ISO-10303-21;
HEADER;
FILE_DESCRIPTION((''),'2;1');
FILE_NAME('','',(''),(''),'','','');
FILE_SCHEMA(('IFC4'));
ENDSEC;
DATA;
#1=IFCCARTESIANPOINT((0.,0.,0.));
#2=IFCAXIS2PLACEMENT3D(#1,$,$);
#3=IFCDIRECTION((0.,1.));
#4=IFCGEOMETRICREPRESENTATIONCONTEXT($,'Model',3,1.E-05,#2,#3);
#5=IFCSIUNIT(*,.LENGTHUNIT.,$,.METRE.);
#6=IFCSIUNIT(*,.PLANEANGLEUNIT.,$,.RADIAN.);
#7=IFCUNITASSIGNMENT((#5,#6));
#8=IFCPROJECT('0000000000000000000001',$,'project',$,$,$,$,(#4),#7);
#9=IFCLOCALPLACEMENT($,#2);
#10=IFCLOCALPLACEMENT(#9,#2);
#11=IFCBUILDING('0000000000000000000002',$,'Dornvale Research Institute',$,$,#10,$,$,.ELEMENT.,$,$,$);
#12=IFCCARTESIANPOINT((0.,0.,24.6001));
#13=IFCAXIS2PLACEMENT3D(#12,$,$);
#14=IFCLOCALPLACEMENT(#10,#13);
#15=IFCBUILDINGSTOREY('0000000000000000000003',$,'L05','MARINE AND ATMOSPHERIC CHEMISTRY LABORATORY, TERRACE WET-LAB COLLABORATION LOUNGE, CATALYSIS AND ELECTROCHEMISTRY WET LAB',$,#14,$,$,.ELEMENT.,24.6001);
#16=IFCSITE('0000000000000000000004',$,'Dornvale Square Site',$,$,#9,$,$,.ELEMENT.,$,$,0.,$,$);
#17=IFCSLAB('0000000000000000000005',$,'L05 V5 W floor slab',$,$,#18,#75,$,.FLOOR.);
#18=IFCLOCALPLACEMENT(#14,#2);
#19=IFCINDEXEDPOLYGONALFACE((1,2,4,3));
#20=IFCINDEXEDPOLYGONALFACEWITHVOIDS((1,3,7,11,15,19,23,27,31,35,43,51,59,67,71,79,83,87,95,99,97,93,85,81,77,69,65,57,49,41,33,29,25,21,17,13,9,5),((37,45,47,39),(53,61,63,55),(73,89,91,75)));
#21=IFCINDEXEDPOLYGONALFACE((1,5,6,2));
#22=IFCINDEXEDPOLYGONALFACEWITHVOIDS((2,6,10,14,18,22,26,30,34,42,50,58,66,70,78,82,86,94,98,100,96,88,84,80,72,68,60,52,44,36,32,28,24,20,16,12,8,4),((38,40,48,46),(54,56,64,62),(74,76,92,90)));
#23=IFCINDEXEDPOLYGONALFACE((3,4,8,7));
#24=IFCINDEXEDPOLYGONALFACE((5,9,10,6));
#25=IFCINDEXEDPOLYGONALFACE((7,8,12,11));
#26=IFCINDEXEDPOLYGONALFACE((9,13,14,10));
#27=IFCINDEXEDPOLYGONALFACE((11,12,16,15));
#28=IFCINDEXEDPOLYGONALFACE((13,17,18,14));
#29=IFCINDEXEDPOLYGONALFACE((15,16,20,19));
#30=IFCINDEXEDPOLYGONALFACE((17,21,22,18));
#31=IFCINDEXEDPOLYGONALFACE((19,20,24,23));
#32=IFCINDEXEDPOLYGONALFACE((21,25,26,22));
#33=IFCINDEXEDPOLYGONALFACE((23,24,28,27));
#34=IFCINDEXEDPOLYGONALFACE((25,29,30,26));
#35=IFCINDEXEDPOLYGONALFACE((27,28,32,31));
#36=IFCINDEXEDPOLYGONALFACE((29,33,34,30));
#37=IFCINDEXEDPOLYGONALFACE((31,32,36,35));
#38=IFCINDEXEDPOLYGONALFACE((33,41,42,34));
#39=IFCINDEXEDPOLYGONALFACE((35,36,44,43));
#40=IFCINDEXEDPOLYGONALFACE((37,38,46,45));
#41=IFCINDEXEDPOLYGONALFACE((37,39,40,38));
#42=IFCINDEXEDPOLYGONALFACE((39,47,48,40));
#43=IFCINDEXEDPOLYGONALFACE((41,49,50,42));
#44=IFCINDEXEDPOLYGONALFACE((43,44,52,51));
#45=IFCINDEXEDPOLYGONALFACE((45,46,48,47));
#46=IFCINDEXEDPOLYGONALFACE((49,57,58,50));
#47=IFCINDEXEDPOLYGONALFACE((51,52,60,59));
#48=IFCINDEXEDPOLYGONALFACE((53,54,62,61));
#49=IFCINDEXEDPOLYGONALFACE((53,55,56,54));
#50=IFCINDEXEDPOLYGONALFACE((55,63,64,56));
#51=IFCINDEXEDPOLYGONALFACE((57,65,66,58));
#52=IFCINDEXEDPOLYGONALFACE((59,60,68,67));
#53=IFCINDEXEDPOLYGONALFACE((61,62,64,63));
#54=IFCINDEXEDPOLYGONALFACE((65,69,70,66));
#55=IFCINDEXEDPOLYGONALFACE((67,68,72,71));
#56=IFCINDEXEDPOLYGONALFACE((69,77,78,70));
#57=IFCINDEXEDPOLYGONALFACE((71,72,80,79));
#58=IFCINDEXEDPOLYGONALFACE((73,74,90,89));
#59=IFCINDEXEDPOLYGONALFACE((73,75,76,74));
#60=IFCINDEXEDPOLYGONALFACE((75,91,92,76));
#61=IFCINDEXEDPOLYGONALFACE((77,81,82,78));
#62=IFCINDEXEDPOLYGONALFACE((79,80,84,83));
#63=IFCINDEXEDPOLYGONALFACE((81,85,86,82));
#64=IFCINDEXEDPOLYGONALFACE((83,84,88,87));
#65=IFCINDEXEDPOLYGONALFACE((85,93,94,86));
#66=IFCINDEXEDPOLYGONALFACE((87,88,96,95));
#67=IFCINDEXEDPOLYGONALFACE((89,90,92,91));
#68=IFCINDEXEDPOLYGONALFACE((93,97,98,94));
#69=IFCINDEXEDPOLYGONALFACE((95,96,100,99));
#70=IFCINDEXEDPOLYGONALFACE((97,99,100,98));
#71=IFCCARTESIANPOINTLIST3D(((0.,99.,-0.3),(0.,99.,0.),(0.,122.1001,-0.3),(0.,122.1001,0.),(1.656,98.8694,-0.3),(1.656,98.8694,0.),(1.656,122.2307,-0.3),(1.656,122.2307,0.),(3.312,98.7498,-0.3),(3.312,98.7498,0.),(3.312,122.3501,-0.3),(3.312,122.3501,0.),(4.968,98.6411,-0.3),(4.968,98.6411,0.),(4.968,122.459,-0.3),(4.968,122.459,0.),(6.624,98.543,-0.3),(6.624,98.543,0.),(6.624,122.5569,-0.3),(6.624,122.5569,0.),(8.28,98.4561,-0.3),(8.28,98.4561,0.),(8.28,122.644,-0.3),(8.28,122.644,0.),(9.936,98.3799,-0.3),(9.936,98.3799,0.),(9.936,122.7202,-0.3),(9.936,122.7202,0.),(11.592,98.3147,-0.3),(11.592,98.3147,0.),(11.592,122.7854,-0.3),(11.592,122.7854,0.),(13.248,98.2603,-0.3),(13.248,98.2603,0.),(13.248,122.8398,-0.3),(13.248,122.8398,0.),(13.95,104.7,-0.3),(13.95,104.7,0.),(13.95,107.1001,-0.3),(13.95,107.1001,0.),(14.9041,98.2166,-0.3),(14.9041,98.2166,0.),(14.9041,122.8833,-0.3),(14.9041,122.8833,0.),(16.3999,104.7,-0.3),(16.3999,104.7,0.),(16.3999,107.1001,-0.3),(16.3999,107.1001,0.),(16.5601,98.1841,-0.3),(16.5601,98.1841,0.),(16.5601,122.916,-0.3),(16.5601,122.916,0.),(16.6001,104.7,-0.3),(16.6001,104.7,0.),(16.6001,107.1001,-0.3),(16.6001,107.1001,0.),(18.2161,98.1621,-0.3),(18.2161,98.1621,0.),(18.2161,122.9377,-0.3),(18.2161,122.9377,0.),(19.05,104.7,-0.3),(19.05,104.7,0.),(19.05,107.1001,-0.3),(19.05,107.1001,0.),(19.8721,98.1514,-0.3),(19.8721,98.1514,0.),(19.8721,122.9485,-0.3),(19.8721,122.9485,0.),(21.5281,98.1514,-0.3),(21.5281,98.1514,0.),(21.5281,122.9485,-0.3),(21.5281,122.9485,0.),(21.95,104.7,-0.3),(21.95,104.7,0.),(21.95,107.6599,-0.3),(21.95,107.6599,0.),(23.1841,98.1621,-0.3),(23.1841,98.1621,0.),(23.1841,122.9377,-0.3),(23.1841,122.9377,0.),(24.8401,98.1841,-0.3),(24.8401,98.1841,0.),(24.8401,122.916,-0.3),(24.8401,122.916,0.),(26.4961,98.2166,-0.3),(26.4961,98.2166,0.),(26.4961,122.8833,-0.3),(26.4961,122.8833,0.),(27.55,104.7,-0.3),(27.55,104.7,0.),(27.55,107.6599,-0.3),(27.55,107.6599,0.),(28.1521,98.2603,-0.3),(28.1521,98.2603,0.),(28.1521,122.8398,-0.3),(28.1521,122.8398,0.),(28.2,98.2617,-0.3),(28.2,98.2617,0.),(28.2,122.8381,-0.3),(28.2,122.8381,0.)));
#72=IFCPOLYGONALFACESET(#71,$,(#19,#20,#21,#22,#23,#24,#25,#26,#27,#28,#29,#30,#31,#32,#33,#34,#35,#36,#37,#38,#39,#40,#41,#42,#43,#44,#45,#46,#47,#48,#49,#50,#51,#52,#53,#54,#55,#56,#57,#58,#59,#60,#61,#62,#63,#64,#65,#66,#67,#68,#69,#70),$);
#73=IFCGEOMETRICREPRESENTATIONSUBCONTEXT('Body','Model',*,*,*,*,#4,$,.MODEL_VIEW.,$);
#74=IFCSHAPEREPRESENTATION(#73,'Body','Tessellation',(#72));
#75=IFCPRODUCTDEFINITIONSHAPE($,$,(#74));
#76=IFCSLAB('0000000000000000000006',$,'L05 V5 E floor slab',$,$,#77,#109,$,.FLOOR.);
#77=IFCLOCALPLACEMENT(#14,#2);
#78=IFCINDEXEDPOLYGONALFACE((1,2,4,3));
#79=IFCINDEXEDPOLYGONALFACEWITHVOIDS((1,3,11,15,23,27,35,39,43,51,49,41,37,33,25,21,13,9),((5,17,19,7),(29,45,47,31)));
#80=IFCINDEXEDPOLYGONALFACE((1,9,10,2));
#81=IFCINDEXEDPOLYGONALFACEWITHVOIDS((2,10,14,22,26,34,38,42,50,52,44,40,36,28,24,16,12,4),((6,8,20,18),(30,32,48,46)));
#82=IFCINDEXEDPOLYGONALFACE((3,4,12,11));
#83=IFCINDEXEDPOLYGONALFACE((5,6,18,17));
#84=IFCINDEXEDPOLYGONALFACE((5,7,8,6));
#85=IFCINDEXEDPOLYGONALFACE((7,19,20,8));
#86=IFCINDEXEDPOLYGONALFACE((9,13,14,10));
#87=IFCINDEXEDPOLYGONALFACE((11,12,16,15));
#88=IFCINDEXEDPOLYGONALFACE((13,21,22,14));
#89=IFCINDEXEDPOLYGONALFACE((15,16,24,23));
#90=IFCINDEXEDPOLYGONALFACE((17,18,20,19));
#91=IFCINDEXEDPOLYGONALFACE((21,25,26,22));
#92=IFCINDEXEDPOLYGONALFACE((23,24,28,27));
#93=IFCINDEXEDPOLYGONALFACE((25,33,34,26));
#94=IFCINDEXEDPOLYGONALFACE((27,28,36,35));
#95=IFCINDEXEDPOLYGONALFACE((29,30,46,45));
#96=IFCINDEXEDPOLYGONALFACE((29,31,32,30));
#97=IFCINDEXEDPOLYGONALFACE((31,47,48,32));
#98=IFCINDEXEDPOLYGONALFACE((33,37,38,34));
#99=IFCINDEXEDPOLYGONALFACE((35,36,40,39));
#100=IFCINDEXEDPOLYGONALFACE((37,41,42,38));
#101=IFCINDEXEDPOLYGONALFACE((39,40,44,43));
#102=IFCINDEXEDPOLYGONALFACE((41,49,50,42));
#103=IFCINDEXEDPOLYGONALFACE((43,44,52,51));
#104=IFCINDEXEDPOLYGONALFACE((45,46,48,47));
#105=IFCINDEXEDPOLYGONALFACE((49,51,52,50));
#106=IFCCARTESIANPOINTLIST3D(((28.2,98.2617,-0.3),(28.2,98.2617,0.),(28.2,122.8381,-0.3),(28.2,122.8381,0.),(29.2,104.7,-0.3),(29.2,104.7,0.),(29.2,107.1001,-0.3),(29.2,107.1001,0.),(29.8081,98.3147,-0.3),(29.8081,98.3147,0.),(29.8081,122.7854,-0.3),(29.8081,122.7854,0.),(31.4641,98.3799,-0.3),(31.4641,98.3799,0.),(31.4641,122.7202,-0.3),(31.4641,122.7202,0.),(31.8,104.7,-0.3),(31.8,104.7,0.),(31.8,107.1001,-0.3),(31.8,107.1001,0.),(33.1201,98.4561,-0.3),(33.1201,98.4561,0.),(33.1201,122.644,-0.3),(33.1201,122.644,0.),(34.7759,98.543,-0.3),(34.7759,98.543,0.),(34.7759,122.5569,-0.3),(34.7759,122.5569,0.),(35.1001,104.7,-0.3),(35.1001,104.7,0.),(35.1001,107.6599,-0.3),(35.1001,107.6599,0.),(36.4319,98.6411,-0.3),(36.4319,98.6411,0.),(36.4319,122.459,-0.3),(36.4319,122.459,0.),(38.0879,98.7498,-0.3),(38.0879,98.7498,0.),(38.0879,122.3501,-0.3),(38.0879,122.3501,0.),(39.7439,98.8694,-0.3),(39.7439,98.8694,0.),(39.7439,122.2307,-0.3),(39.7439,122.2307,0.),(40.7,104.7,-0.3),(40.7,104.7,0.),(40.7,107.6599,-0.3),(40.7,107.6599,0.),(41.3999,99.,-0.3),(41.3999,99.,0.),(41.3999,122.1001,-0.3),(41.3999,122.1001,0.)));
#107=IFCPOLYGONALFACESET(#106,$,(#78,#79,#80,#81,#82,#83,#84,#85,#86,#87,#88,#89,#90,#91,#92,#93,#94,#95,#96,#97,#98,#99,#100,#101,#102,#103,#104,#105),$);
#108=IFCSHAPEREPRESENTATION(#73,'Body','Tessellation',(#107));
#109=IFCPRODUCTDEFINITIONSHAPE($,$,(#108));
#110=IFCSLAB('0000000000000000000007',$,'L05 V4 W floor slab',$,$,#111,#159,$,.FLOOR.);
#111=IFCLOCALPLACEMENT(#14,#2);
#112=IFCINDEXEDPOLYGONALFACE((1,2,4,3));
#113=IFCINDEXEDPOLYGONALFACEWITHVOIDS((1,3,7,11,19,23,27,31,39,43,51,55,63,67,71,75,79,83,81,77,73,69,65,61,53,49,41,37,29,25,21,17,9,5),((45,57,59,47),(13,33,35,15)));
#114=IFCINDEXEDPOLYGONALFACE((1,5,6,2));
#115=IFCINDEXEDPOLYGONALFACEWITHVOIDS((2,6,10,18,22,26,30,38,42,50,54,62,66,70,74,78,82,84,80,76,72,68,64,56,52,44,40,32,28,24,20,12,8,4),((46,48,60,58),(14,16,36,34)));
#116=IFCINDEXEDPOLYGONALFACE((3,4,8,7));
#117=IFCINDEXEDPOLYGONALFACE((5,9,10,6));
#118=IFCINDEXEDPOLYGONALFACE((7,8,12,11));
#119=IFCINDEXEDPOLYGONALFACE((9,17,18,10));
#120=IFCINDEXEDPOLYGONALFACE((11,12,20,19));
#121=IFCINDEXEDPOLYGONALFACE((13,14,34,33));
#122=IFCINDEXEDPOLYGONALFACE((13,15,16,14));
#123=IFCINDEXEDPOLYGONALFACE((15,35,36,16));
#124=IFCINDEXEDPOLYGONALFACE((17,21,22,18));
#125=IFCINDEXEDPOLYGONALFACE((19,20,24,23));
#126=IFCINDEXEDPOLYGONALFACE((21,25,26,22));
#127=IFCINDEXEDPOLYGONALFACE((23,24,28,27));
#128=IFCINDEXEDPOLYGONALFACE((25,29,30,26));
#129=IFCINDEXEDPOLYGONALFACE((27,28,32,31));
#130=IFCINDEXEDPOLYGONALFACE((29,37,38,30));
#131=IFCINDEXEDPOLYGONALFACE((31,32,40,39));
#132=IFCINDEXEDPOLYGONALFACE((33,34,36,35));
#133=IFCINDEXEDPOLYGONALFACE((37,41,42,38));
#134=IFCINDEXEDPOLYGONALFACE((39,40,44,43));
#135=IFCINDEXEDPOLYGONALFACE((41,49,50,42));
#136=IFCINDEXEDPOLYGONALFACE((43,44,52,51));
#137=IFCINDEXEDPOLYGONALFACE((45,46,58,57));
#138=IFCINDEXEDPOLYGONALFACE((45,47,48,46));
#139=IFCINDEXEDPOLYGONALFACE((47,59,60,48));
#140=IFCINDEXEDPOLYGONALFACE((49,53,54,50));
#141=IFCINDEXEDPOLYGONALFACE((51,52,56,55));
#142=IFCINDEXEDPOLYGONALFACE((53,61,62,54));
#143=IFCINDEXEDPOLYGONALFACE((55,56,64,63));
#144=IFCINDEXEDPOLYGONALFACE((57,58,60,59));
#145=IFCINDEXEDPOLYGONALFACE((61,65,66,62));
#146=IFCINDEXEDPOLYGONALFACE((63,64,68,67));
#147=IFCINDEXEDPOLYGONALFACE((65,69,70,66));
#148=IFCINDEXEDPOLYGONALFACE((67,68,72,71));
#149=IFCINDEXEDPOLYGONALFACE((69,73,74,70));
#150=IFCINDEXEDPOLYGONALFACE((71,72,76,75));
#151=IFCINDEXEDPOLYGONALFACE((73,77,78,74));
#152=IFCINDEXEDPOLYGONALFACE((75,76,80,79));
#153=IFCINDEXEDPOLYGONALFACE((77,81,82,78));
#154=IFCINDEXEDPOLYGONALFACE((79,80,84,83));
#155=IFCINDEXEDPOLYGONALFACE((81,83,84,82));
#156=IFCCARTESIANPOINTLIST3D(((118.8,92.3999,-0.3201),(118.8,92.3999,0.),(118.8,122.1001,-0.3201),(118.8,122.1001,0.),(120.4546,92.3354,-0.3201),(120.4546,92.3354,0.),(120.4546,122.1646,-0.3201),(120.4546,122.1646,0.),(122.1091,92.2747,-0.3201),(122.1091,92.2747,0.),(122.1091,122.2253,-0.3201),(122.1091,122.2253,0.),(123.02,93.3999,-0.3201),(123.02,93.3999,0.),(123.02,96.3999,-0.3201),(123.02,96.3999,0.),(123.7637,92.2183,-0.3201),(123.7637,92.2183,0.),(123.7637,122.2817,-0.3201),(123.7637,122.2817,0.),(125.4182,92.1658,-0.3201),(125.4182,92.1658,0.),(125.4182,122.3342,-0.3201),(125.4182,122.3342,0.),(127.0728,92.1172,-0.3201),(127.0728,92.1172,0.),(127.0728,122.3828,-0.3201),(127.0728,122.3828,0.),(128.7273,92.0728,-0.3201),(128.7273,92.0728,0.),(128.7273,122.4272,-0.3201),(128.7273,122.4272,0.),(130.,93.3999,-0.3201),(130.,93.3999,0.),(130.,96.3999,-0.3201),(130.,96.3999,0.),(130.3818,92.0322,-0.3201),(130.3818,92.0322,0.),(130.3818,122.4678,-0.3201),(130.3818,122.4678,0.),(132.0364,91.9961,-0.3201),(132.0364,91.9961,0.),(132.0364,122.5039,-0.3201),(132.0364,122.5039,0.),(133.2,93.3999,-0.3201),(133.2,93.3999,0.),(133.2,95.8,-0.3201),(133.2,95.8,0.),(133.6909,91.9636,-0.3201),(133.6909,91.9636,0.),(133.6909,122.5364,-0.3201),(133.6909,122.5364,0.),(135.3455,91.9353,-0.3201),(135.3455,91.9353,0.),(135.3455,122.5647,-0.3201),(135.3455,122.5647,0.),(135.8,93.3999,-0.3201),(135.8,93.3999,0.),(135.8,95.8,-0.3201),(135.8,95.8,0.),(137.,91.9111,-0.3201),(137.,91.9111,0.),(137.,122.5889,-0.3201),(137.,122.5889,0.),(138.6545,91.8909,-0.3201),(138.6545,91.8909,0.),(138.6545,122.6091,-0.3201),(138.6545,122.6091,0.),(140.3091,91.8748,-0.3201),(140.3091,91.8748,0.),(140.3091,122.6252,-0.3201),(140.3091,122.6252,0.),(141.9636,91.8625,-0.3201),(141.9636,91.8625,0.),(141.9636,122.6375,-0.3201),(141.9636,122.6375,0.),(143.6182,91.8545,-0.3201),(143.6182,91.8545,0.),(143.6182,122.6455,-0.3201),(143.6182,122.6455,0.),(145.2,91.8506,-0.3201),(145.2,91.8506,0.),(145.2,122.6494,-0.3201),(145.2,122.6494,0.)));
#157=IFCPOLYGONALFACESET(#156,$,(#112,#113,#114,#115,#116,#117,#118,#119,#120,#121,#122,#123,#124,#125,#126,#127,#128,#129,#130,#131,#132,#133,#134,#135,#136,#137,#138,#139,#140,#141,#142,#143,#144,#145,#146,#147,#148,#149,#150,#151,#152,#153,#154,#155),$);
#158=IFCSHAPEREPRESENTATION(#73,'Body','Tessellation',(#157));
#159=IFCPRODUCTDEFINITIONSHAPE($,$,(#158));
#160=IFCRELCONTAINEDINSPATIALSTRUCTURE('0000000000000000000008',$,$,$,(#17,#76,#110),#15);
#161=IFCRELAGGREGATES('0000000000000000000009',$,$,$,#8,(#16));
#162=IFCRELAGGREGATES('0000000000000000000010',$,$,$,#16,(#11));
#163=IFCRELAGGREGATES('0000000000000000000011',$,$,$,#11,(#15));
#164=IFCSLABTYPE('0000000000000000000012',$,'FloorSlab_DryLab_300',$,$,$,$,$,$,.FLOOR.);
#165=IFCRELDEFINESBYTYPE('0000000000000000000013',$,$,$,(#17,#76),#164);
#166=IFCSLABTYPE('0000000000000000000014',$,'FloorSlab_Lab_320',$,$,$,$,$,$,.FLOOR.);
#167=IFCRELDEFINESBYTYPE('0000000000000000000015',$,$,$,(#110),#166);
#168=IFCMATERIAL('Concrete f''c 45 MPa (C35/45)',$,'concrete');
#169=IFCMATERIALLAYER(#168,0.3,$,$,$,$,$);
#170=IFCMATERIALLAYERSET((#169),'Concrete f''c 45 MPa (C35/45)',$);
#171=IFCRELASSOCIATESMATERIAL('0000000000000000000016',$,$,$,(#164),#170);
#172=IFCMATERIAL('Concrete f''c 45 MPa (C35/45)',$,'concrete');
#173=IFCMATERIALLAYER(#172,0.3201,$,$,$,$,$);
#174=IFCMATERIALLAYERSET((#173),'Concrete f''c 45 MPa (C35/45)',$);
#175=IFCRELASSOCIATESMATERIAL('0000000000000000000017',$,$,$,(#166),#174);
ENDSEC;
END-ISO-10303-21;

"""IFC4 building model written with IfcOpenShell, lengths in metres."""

from ifc_helpers import new_model, si_unit, direction, frame, origin, place, context, subcontext, project, spatial, polyline, outline, extrude, material, layer, layer_set, type_object, element, save


model = new_model("IFC4")

# Units and contexts
model_context = context("Model", 3, precision=1e-05, world=origin(), true_north=direction((0.0, 1.0)))
body_context = subcontext(model_context, "Body", "Model", "MODEL_VIEW")
ifc_project = project(units=[si_unit("LENGTHUNIT", "METRE"), si_unit("PLANEANGLEUNIT", "RADIAN")], contexts=[model_context])

# Site, building, storey
site_placement = place(None, origin())
site = spatial("IfcSite", under=ifc_project, at=site_placement, Name="Dornvale Square Site", CompositionType="ELEMENT", RefElevation=0.0)
building_placement = place(site_placement, origin())
building = spatial("IfcBuilding", under=site, at=building_placement, Name="Dornvale Research Institute", CompositionType="ELEMENT")
storey_placement = place(building_placement, frame((0.0, 0.0, 24.6001)))
storey = spatial("IfcBuildingStorey", under=building, at=storey_placement, Name="L05", Description="MARINE AND ATMOSPHERIC CHEMISTRY LABORATORY, TERRACE WET-LAB COLLABORATION LOUNGE, CATALYSIS AND ELECTROCHEMISTRY WET LAB", CompositionType="ELEMENT", Elevation=24.6001)

# Slabs
ifc_material_1 = material(Name="Concrete f'c 45 MPa (C35/45)", Category="concrete")
ifc_layer_1 = layer(ifc_material_1, 0.3)
ifc_layer_set_1 = layer_set([ifc_layer_1], Name="Concrete f'c 45 MPa (C35/45)")
slab_type_1 = type_object("IfcSlabType", Name="FloorSlab_DryLab_300", PredefinedType="FLOOR", material=ifc_layer_set_1)
slab_1_placement = place(storey_placement, frame((0.0, 0.0, -0.3)))
element("IfcSlab", 1, at=slab_1_placement, inside=storey, type_object=slab_type_1, Name="L05 V5 W floor slab", PredefinedType="FLOOR", context=body_context, shape_type="SweptSolid", body=[
    extrude(outline(polyline([(28.1521, 98.2603), (26.4961, 98.2166), (24.8401, 98.1841), (23.1841, 98.1621), (21.5281, 98.1514), (19.8721, 98.1514), (18.2161, 98.1621), (16.5601, 98.1841), (14.9041, 98.2166), (13.248, 98.2603), (11.592, 98.3147), (9.936, 98.3799), (8.28, 98.4561), (6.624, 98.543), (4.968, 98.6411), (3.312, 98.7498), (1.656, 98.8694), (0.0, 99.0), (0.0, 122.1001), (1.656, 122.2307), (3.312, 122.3501), (4.968, 122.459), (6.624, 122.5569), (8.28, 122.644), (9.936, 122.7202), (11.592, 122.7854), (13.248, 122.8398), (14.9041, 122.8833), (16.5601, 122.916), (18.2161, 122.9377), (19.8721, 122.9485), (21.5281, 122.9485), (23.1841, 122.9377), (24.8401, 122.916), (26.4961, 122.8833), (28.1521, 122.8398), (28.2, 122.8381), (28.2, 98.2617), (28.1521, 98.2603)]), holes=[polyline([(21.95, 104.7), (27.55, 104.7), (27.55, 107.6599), (21.95, 107.6599), (21.95, 104.7)]), polyline([(13.95, 104.7), (16.3999, 104.7), (16.3999, 107.1001), (13.95, 107.1001), (13.95, 104.7)]), polyline([(16.6001, 104.7), (19.05, 104.7), (19.05, 107.1001), (16.6001, 107.1001), (16.6001, 104.7)])]), origin(), (0.0, 0.0, 1.0), 0.3),
])
slab_2_placement = place(storey_placement, frame((0.0, 0.0, -0.3)))
element("IfcSlab", 2, at=slab_2_placement, inside=storey, type_object=slab_type_1, Name="L05 V5 E floor slab", PredefinedType="FLOOR", context=body_context, shape_type="SweptSolid", body=[
    extrude(outline(polyline([(29.8081, 122.7854), (31.4641, 122.7202), (33.1201, 122.644), (34.7759, 122.5569), (36.4319, 122.459), (38.0879, 122.3501), (39.7439, 122.2307), (41.3999, 122.1001), (41.3999, 99.0), (39.7439, 98.8694), (38.0879, 98.7498), (36.4319, 98.6411), (34.7759, 98.543), (33.1201, 98.4561), (31.4641, 98.3799), (29.8081, 98.3147), (28.2, 98.2617), (28.2, 122.8381), (29.8081, 122.7854)]), holes=[polyline([(35.1001, 104.7), (40.7, 104.7), (40.7, 107.6599), (35.1001, 107.6599), (35.1001, 104.7)]), polyline([(29.2, 104.7), (31.8, 104.7), (31.8, 107.1001), (29.2, 107.1001), (29.2, 104.7)])]), origin(), (0.0, 0.0, 1.0), 0.3),
])
ifc_material_2 = material(Name="Concrete f'c 45 MPa (C35/45)", Category="concrete")
ifc_layer_2 = layer(ifc_material_2, 0.3201)
ifc_layer_set_2 = layer_set([ifc_layer_2], Name="Concrete f'c 45 MPa (C35/45)")
slab_type_2 = type_object("IfcSlabType", Name="FloorSlab_Lab_320", PredefinedType="FLOOR", material=ifc_layer_set_2)
slab_3_placement = place(storey_placement, frame((0.0, 0.0, -0.3201)))
element("IfcSlab", 3, at=slab_3_placement, inside=storey, type_object=slab_type_2, Name="L05 V4 W floor slab", PredefinedType="FLOOR", context=body_context, shape_type="SweptSolid", body=[
    extrude(outline(polyline([(143.6182, 91.8545), (141.9636, 91.8625), (140.3091, 91.8748), (138.6545, 91.8909), (137.0, 91.9111), (135.3455, 91.9353), (133.6909, 91.9636), (132.0364, 91.9961), (130.3818, 92.0322), (128.7273, 92.0728), (127.0728, 92.1172), (125.4182, 92.1658), (123.7637, 92.2183), (122.1091, 92.2747), (120.4546, 92.3354), (118.8, 92.3999), (118.8, 122.1001), (120.4546, 122.1646), (122.1091, 122.2253), (123.7637, 122.2817), (125.4182, 122.3342), (127.0728, 122.3828), (128.7273, 122.4272), (130.3818, 122.4678), (132.0364, 122.5039), (133.6909, 122.5364), (135.3455, 122.5647), (137.0, 122.5889), (138.6545, 122.6091), (140.3091, 122.6252), (141.9636, 122.6375), (143.6182, 122.6455), (145.2, 122.6494), (145.2, 91.8506), (143.6182, 91.8545)]), holes=[polyline([(123.02, 93.3999), (130.0, 93.3999), (130.0, 96.3999), (123.02, 96.3999), (123.02, 93.3999)]), polyline([(133.2, 93.3999), (135.8, 93.3999), (135.8, 95.8), (133.2, 95.8), (133.2, 93.3999)])]), origin(), (0.0, 0.0, 1.0), 0.3201),
])

save(model, "model.ifc")
